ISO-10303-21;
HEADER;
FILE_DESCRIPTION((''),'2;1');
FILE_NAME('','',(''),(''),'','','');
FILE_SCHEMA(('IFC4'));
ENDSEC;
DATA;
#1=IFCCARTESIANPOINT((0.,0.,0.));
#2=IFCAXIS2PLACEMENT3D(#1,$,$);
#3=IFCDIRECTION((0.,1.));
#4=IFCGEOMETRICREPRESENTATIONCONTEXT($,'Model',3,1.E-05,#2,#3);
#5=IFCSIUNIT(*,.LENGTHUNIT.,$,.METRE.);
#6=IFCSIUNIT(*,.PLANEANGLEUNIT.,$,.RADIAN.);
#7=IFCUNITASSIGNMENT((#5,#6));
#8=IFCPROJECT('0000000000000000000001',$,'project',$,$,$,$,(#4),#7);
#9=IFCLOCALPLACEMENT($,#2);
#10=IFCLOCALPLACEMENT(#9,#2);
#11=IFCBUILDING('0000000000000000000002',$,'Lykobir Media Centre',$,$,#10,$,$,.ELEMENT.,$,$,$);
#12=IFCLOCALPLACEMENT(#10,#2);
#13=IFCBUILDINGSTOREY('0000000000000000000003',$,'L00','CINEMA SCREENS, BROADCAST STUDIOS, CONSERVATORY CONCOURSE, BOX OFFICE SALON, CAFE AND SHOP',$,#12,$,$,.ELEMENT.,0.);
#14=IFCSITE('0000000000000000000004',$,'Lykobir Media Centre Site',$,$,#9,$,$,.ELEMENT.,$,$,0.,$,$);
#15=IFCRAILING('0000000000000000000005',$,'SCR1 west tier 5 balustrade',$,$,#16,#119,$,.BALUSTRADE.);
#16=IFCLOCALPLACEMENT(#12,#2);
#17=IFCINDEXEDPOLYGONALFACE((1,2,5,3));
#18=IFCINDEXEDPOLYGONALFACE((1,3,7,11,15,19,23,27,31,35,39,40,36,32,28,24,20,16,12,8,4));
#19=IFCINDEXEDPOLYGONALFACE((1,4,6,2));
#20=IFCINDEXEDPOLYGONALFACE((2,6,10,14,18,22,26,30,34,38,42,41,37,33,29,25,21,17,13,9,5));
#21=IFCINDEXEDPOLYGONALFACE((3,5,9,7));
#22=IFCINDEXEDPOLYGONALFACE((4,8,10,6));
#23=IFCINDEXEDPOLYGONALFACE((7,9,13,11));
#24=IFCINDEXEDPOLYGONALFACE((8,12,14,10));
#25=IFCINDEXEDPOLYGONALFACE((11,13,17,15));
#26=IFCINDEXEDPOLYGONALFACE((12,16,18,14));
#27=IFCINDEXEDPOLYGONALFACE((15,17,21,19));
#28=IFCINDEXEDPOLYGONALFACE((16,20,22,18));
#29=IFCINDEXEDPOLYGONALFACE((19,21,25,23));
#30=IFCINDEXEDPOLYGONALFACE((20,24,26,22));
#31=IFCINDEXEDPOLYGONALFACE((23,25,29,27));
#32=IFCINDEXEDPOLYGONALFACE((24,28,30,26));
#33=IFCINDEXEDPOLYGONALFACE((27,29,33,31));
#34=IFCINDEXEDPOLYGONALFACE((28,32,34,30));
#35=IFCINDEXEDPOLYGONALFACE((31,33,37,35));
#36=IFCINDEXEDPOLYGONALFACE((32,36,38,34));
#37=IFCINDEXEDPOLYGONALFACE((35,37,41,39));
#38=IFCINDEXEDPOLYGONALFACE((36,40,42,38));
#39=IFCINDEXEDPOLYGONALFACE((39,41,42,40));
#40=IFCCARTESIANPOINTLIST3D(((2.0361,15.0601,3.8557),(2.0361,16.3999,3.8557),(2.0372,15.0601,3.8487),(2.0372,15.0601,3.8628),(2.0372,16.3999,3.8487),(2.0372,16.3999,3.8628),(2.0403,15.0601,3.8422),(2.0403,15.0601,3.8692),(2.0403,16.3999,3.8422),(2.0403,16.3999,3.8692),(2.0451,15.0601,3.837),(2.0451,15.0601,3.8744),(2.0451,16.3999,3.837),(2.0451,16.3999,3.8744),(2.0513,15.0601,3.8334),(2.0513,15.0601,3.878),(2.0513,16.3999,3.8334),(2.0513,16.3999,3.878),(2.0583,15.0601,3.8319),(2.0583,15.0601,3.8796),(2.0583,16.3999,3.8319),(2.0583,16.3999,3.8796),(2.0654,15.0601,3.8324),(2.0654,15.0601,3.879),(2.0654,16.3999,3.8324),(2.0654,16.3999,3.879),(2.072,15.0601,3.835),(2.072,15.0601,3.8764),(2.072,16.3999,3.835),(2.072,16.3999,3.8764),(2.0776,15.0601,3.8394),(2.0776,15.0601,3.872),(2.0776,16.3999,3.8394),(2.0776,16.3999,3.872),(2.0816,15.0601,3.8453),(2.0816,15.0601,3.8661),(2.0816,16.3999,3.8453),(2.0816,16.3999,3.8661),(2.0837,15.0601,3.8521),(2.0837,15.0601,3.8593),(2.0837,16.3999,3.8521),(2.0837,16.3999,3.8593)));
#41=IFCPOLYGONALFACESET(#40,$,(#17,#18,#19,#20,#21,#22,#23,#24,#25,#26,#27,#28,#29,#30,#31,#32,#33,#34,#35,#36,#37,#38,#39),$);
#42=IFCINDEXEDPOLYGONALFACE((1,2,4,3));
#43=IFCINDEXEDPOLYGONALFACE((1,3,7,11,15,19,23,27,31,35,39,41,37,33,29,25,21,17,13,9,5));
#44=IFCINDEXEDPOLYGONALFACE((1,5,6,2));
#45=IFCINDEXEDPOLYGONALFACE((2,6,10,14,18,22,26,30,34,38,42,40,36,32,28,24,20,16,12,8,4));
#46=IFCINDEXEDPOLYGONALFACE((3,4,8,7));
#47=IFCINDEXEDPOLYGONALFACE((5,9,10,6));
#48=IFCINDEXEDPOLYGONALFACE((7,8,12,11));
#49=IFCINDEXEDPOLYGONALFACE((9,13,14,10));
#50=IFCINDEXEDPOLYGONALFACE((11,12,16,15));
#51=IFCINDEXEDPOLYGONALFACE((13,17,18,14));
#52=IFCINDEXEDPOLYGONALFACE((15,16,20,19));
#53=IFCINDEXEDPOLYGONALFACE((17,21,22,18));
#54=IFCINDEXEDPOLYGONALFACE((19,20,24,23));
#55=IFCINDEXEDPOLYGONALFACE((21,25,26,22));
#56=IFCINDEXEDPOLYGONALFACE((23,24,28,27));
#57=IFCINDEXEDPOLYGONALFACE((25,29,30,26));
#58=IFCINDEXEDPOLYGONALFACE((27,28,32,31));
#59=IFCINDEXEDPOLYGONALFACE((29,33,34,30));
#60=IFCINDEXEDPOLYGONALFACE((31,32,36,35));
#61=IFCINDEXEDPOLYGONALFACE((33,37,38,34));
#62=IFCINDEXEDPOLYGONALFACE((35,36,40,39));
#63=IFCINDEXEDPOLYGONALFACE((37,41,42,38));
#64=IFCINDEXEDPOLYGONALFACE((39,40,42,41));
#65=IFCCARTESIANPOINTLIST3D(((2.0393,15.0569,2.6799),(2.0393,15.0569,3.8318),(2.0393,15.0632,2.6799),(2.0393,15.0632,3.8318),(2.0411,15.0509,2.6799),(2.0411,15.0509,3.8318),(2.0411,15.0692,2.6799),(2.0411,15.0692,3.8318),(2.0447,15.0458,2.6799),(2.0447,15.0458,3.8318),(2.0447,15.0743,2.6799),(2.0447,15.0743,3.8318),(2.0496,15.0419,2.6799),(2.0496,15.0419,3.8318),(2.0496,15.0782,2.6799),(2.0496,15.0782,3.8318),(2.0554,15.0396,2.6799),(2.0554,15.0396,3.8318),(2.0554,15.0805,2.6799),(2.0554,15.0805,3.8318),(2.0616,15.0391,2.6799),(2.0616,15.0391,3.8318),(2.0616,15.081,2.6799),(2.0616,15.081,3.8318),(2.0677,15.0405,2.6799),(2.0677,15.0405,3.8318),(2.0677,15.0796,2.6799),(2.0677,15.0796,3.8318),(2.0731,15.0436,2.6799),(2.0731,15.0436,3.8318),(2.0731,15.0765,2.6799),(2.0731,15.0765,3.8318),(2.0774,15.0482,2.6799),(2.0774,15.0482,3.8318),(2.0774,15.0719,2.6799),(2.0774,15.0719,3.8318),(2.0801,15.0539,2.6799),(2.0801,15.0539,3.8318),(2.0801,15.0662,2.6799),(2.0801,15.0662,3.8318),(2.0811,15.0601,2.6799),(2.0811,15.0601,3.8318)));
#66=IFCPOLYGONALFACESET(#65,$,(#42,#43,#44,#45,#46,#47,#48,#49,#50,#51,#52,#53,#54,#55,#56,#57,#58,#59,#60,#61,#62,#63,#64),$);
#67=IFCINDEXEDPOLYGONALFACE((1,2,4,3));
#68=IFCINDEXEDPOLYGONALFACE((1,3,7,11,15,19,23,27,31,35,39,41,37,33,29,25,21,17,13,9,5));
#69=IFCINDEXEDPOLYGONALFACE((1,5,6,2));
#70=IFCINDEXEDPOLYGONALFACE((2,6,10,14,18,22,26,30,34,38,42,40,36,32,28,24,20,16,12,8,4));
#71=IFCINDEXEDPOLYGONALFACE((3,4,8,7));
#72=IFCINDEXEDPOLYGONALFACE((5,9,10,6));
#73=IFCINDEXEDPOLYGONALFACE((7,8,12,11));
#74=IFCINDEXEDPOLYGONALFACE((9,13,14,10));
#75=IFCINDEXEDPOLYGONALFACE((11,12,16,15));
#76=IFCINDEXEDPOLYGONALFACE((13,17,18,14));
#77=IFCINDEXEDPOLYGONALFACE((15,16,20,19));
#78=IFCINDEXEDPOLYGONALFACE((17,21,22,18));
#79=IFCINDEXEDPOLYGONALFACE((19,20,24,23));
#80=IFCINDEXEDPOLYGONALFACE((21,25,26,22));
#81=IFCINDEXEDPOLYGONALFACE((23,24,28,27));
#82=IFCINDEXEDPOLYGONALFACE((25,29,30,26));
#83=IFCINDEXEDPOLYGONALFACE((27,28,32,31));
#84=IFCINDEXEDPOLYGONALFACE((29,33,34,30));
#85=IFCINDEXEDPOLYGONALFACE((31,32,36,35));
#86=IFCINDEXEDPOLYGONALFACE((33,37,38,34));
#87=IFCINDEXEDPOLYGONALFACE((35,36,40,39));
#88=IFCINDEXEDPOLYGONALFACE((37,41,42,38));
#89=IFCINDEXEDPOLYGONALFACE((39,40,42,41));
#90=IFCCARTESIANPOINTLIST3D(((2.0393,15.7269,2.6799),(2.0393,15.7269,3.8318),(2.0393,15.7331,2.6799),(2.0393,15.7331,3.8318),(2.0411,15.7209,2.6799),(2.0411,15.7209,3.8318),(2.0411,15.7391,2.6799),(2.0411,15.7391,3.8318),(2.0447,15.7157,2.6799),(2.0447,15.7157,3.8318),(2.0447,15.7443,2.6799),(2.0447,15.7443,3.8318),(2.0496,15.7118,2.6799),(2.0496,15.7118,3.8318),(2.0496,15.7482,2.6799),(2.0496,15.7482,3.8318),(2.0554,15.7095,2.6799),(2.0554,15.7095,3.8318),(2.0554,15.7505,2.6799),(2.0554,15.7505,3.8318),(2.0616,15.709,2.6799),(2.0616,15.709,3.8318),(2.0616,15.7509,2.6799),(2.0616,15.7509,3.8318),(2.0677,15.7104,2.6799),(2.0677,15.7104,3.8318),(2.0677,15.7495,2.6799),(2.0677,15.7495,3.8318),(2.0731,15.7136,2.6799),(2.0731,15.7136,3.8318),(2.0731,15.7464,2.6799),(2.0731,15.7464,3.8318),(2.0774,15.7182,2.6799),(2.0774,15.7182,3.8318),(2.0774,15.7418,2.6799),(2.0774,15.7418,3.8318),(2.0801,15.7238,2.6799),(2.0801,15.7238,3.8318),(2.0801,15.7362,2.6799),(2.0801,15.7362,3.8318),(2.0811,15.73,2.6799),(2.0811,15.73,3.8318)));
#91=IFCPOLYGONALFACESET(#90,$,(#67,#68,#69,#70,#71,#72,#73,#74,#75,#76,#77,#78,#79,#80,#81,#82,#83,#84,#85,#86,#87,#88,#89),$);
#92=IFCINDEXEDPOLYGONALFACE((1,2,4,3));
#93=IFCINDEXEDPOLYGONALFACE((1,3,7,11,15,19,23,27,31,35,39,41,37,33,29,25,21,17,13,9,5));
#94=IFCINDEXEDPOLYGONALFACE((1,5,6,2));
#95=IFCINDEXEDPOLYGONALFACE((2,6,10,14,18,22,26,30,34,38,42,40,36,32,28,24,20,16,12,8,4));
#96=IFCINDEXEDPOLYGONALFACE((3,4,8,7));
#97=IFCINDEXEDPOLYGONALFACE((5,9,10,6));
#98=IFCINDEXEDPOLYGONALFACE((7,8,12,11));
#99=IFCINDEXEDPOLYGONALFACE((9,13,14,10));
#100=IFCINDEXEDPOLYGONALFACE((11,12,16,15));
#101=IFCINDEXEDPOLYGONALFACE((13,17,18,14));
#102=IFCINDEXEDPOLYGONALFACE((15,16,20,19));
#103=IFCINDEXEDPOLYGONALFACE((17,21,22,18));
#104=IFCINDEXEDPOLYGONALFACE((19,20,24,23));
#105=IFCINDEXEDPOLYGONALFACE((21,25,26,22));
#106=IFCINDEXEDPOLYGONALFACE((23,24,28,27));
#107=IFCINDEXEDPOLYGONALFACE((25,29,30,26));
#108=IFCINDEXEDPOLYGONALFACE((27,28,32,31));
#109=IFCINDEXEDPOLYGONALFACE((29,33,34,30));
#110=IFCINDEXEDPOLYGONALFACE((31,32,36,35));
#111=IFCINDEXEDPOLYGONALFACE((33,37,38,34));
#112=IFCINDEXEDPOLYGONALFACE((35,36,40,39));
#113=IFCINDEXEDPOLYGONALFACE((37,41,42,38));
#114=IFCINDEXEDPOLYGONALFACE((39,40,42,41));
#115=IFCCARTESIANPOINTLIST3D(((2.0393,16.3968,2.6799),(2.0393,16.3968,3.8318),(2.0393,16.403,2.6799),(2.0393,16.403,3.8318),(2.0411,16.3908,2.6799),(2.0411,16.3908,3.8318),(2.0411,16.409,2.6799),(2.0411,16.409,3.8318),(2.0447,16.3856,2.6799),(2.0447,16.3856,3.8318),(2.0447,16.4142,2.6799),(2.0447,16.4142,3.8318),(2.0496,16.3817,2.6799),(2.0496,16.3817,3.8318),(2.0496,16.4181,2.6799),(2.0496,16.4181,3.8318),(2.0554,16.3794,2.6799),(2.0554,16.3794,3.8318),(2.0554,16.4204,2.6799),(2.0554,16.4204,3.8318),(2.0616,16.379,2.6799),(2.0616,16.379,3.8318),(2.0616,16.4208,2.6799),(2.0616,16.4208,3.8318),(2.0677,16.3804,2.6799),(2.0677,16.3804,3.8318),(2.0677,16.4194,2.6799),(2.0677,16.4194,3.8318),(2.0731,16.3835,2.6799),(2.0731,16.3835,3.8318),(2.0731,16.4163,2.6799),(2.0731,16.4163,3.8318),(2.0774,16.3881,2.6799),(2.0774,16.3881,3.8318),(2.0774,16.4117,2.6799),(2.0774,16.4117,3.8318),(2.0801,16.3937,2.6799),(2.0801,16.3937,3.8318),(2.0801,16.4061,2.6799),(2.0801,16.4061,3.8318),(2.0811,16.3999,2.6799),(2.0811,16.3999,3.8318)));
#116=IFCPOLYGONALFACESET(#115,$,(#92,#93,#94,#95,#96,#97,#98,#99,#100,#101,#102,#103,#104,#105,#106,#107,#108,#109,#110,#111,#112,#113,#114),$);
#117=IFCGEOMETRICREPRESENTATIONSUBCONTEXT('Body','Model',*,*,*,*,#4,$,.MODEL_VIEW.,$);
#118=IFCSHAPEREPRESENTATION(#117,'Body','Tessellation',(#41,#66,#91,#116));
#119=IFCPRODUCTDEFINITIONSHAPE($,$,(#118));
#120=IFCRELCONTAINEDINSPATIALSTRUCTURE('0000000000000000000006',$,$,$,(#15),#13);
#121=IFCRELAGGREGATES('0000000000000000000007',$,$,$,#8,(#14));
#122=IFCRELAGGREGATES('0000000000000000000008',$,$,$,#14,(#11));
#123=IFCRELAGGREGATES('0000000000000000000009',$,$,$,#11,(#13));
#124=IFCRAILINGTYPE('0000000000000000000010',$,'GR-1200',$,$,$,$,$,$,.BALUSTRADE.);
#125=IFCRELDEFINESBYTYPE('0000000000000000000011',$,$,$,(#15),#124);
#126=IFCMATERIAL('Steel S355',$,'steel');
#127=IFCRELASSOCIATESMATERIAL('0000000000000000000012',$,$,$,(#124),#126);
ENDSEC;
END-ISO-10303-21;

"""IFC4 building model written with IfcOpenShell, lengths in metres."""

from ifc_helpers import new_model, si_unit, direction, frame, origin, origin_2d, place, context, subcontext, project, spatial, circle, extrude, material, type_object, element, save


model = new_model("IFC4")

# Units and contexts
model_context = context("Model", 3, precision=1e-05, world=origin(), true_north=direction((0.0, 1.0)))
body_context = subcontext(model_context, "Body", "Model", "MODEL_VIEW")
ifc_project = project(units=[si_unit("LENGTHUNIT", "METRE"), si_unit("PLANEANGLEUNIT", "RADIAN")], contexts=[model_context])

# Site, building, storey
site_placement = place(None, origin())
site = spatial("IfcSite", under=ifc_project, at=site_placement, Name="Lykobir Media Centre Site", CompositionType="ELEMENT", RefElevation=0.0)
building_placement = place(site_placement, origin())
building = spatial("IfcBuilding", under=site, at=building_placement, Name="Lykobir Media Centre", CompositionType="ELEMENT")
storey_placement = place(building_placement, origin())
storey = spatial("IfcBuildingStorey", under=building, at=storey_placement, Name="L00", Description="CINEMA SCREENS, BROADCAST STUDIOS, CONSERVATORY CONCOURSE, BOX OFFICE SALON, CAFE AND SHOP", CompositionType="ELEMENT", Elevation=0.0)

# Shared definitions
ifc_material_1 = material(Name="Steel S355", Category="steel")

# Railing
railing_type = type_object("IfcRailingType", Name="GR-1200", PredefinedType="BALUSTRADE", material=ifc_material_1)
railing_1_placement = place(storey_placement, frame((2.0601, 15.0601, 2.6799)))
element("IfcRailing", 1, at=railing_1_placement, inside=storey, type_object=railing_type, Name="SCR1 west tier 5 balustrade", PredefinedType="BALUSTRADE", context=body_context, shape_type="SweptSolid", body=[
    extrude(circle(Radius=0.0239, at=origin_2d()), frame((0.0, 0.0, 1.1758), z_axis=(0.0, 1.0, 0.0), x_axis=(-1.0, 0.0, 0.0)), (0.0, 0.0, 1.0), 1.3398),
    extrude(circle(Radius=0.021, at=origin_2d()), origin(), (0.0, 0.0, 1.0), 1.1519),
    extrude(circle(Radius=0.021, at=origin_2d()), frame((0.0, 0.6699, 0.0)), (0.0, 0.0, 1.0), 1.1519),
    extrude(circle(Radius=0.021, at=origin_2d()), frame((0.0, 1.3398, 0.0)), (0.0, 0.0, 1.0), 1.1519),
])

save(model, "model.ifc")
